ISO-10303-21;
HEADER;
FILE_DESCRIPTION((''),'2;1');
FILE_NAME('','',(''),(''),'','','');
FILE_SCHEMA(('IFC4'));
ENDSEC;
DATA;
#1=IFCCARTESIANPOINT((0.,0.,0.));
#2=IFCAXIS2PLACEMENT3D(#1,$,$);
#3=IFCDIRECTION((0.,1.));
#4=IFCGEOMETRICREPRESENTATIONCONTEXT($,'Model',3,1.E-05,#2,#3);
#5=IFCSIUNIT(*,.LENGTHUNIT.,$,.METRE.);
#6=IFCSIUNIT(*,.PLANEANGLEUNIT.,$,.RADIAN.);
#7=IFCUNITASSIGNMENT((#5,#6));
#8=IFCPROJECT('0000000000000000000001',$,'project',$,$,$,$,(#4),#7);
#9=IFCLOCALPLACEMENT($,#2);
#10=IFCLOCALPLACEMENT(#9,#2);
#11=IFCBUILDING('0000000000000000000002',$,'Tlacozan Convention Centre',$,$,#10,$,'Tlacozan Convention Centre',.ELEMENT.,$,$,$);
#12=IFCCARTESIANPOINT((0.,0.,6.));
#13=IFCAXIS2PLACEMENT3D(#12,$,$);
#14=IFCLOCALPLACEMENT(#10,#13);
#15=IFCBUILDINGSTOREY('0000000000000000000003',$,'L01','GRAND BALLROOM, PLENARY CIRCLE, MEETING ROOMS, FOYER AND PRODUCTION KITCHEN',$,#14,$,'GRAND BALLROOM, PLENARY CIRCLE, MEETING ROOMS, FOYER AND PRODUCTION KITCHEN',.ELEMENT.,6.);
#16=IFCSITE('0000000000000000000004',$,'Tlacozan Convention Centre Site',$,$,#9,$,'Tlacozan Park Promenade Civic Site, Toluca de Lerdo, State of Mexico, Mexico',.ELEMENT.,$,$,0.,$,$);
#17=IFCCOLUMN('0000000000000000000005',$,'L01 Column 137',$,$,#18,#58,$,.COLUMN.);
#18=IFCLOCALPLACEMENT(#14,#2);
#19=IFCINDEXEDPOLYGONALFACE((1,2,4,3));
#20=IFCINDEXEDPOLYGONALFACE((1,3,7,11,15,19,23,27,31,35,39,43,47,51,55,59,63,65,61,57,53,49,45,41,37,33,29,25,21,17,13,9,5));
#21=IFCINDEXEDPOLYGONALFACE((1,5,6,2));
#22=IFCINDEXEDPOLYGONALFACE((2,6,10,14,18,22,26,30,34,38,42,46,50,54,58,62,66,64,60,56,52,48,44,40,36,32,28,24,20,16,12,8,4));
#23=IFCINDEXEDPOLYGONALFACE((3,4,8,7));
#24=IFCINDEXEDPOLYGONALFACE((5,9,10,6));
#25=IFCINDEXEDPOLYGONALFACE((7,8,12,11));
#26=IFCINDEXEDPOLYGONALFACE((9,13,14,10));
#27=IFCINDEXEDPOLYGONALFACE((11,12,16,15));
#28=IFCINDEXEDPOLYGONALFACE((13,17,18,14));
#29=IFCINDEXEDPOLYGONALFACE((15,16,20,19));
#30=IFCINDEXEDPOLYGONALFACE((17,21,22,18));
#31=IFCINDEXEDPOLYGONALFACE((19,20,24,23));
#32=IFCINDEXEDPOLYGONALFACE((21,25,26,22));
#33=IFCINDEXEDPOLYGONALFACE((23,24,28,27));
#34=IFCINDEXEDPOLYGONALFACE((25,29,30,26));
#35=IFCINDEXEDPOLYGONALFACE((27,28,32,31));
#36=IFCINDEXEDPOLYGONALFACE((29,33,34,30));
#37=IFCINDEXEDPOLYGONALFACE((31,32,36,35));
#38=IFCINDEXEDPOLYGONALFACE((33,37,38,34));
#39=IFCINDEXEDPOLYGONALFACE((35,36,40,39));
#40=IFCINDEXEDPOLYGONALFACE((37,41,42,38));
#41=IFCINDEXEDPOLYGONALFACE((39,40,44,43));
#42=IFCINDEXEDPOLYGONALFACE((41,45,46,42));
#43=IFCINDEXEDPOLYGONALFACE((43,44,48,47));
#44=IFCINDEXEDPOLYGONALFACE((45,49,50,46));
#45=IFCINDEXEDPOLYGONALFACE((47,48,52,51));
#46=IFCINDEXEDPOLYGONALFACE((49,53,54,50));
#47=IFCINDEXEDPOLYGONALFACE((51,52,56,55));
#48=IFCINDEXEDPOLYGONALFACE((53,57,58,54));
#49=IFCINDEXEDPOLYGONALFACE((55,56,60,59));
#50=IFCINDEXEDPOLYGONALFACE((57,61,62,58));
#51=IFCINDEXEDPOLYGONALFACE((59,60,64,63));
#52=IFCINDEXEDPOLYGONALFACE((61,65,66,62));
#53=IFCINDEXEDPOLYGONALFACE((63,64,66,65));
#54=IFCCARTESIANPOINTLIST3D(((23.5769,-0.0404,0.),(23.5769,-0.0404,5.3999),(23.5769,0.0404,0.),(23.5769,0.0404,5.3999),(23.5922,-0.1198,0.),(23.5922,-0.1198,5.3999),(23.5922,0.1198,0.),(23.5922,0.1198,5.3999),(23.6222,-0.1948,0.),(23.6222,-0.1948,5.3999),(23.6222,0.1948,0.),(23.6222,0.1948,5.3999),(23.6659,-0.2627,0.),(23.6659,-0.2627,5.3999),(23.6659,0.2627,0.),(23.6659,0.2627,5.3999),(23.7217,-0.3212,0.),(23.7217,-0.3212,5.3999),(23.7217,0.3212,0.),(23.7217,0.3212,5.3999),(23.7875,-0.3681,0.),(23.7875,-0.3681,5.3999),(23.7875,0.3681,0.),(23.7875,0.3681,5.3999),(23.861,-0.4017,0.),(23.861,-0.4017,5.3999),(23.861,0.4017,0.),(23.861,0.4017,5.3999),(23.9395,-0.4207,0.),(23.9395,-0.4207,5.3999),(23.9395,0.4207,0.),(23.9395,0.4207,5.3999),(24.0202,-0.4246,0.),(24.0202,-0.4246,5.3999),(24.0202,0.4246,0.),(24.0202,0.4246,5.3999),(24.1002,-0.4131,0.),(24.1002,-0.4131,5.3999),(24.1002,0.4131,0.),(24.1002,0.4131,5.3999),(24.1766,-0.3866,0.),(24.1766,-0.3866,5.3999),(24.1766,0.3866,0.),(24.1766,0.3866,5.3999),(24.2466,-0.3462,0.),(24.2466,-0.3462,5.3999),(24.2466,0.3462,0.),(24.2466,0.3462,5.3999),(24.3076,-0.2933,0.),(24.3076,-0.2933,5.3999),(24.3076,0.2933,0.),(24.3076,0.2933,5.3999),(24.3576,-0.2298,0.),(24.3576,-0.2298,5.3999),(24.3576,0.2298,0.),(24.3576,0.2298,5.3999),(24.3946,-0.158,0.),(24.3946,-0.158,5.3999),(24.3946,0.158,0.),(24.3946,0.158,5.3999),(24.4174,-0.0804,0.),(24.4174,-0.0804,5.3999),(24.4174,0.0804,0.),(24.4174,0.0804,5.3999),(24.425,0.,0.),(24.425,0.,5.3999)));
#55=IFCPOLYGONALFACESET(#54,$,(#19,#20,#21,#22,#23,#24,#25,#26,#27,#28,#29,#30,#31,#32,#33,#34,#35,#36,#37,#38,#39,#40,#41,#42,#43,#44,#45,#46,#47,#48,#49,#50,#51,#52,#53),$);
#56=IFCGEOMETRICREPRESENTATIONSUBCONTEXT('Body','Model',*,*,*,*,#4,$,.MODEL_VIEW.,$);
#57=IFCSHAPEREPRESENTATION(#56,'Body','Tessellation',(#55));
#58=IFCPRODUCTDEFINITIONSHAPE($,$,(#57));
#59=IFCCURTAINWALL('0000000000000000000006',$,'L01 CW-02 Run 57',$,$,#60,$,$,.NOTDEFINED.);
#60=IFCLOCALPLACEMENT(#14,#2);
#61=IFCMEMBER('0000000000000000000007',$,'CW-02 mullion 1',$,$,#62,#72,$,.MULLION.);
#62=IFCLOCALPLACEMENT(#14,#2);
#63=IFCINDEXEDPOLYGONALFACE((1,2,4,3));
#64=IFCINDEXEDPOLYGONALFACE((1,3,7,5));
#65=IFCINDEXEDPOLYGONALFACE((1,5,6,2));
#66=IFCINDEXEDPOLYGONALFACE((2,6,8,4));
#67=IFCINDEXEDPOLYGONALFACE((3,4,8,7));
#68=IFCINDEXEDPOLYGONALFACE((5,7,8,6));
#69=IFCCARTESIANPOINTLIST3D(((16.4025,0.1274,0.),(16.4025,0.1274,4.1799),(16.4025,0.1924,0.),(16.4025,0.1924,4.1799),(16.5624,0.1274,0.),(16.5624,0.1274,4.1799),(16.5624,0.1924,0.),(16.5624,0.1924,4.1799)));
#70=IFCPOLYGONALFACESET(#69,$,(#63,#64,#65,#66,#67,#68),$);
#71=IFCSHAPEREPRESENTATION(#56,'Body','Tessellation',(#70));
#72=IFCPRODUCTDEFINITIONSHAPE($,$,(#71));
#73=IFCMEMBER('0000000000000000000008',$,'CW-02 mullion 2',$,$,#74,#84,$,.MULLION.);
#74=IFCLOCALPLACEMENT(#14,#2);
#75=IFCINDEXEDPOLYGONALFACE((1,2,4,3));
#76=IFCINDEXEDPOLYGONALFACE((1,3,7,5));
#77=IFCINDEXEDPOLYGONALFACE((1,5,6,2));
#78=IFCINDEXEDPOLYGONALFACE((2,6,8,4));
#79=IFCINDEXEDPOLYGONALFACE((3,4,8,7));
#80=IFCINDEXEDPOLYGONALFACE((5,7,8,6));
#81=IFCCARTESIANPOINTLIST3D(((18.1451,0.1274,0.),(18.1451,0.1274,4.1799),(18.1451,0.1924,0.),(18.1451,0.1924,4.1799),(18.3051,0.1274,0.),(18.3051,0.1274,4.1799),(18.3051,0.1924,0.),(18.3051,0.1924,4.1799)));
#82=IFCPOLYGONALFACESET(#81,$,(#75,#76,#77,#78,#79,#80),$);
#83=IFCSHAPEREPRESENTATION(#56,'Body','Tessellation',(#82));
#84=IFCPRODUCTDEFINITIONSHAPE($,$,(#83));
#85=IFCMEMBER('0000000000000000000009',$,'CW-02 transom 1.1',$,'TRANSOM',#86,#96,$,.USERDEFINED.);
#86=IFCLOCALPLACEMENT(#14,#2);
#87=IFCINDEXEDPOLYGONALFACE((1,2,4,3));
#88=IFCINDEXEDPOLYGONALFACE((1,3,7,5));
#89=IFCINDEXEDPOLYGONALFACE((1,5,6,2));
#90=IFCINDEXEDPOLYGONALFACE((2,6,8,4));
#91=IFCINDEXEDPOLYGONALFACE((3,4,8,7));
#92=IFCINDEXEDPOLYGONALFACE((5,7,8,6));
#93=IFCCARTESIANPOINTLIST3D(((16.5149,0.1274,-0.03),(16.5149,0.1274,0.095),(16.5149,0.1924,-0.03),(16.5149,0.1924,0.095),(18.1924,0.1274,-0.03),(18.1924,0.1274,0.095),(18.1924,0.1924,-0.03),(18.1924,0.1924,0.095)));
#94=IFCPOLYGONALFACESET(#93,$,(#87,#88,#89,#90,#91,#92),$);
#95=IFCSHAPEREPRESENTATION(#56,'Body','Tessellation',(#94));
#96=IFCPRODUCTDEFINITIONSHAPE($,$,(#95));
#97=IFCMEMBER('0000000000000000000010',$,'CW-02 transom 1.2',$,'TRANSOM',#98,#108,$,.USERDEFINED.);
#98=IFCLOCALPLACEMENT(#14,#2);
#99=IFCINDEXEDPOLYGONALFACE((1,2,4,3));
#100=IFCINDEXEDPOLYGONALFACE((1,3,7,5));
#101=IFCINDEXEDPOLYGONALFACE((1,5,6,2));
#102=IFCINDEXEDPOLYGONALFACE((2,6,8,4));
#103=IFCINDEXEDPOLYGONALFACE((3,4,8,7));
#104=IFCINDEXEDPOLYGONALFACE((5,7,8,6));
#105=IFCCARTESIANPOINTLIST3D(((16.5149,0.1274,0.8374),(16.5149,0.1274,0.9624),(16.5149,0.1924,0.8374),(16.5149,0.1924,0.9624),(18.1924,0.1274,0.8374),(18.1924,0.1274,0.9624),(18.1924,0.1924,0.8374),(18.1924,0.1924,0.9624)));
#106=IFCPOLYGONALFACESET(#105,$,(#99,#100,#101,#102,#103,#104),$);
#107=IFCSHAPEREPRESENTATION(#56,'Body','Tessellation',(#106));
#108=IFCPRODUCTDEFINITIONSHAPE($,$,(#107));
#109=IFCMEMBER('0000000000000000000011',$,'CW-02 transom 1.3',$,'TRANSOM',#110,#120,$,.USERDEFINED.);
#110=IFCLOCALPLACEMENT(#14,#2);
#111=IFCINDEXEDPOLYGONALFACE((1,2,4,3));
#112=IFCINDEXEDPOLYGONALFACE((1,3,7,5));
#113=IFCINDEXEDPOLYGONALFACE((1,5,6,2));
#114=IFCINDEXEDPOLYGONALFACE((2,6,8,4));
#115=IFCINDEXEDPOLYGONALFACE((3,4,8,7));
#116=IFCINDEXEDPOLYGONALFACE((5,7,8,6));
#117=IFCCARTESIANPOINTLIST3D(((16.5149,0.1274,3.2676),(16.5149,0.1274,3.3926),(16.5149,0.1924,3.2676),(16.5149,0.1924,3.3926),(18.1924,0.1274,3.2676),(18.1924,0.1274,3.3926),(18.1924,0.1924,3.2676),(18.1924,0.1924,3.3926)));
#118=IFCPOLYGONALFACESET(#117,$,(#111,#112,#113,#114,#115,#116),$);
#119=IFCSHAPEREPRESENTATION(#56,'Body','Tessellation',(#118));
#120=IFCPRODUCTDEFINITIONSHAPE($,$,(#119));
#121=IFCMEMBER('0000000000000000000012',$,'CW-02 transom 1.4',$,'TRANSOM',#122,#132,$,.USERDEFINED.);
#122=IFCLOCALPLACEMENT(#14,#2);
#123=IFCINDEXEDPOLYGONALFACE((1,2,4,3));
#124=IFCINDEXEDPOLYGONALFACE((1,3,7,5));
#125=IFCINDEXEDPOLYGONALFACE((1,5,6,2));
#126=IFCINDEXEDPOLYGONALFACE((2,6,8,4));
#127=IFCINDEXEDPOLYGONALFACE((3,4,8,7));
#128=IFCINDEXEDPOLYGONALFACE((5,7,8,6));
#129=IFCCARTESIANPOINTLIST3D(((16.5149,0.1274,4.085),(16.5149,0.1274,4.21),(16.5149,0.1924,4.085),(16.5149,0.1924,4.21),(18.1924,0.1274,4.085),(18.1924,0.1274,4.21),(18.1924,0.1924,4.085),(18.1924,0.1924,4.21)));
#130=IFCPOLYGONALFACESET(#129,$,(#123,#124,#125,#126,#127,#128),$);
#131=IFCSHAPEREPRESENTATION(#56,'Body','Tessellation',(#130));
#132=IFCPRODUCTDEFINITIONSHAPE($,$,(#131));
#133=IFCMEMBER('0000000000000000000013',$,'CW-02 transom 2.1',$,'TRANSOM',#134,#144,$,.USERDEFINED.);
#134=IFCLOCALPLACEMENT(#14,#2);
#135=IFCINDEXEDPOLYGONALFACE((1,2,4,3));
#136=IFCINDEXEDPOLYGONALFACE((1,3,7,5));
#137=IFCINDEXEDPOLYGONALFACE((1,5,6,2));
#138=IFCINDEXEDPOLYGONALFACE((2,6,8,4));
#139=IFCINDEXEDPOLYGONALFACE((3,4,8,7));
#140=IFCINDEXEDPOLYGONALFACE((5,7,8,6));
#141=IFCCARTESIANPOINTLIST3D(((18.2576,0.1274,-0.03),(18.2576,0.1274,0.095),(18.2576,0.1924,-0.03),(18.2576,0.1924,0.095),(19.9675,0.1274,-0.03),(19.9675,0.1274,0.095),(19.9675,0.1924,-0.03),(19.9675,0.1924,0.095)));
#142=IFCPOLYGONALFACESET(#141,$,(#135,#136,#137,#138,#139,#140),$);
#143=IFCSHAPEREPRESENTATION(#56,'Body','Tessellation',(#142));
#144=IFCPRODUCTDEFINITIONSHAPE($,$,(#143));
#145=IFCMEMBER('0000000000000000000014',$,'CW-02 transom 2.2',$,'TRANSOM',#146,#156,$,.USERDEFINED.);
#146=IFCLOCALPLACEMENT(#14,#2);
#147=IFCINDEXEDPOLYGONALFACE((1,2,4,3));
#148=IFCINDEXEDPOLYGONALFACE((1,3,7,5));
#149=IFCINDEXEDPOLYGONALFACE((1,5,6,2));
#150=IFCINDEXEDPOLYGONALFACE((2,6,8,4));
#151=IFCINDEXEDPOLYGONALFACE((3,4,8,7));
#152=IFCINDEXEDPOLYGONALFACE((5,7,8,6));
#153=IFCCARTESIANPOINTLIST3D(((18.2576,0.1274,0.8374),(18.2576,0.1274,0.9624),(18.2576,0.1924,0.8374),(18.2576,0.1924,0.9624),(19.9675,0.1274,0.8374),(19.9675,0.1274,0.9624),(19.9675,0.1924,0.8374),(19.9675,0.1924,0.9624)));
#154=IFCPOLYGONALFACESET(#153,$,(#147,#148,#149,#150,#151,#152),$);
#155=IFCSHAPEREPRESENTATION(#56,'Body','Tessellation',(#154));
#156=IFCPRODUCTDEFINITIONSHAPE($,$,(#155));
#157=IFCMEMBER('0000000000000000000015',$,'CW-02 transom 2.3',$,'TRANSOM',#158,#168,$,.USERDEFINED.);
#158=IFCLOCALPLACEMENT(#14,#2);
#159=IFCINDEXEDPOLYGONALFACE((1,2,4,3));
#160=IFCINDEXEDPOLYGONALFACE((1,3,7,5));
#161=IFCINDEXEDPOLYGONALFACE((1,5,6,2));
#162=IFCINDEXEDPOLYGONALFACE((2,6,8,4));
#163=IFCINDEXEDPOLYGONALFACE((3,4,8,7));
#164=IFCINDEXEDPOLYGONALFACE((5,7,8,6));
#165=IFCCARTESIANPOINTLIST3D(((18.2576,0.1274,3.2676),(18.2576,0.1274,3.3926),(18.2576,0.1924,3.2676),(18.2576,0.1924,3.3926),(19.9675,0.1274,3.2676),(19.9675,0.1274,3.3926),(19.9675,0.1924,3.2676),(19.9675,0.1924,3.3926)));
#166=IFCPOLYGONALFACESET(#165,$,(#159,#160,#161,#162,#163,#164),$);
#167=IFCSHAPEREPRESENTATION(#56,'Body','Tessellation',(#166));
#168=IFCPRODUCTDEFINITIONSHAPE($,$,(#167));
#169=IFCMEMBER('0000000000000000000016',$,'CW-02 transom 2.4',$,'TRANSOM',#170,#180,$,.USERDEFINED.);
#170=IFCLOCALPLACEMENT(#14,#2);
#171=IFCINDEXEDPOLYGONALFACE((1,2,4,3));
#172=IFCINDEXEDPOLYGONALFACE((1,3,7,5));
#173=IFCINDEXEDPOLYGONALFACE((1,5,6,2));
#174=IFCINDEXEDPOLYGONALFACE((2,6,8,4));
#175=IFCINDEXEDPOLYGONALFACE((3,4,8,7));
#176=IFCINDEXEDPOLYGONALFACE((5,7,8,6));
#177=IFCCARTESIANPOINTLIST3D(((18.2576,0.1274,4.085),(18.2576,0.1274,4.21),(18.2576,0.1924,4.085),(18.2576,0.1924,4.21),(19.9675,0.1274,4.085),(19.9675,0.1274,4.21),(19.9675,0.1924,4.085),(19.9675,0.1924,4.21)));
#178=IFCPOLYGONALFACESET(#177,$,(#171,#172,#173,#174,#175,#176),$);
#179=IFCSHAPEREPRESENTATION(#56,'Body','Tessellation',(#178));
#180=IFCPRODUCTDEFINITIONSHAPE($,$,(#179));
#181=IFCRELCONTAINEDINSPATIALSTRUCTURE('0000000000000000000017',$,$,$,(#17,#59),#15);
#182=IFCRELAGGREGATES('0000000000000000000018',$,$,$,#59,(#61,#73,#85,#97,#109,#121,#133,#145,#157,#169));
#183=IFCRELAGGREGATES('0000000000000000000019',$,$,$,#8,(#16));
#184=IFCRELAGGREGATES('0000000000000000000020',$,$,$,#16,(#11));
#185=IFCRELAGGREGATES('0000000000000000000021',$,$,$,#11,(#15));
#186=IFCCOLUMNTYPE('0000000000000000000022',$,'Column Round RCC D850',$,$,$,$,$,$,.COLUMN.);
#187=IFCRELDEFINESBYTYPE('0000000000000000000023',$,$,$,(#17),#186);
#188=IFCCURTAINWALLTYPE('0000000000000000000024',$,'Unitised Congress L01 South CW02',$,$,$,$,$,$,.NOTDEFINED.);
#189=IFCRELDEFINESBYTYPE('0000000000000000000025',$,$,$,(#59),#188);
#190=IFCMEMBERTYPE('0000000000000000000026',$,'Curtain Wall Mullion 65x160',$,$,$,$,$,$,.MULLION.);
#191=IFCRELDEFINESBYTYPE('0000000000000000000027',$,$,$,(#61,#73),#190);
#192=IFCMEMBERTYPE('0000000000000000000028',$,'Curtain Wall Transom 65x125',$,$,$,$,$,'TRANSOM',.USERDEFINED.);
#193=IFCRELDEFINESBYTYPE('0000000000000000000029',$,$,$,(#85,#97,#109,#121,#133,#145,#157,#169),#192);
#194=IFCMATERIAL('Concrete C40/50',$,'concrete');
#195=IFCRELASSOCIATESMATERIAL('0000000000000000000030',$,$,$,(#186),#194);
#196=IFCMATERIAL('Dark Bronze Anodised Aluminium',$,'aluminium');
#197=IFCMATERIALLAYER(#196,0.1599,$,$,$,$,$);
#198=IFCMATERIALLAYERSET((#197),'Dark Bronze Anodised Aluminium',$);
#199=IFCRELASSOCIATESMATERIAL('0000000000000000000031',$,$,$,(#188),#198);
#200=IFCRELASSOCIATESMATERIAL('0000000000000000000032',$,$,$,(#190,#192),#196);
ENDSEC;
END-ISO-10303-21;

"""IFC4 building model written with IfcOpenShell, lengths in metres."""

from ifc_helpers import new_model, si_unit, direction, frame, origin, origin_2d, place, context, subcontext, project, spatial, rectangle, circle, extrude, material, layer, layer_set, material_profile, profile_set, type_object, element, aggregate, save


model = new_model("IFC4")

# Units and contexts
model_context = context("Model", 3, precision=1e-05, world=origin(), true_north=direction((0.0, 1.0)))
body_context = subcontext(model_context, "Body", "Model", "MODEL_VIEW")
ifc_project = project(units=[si_unit("LENGTHUNIT", "METRE"), si_unit("PLANEANGLEUNIT", "RADIAN")], contexts=[model_context])

# Site, building, storey
site_placement = place(None, origin())
site = spatial("IfcSite", under=ifc_project, at=site_placement, Name="Tlacozan Convention Centre Site", LongName="Tlacozan Park Promenade Civic Site, Toluca de Lerdo, State of Mexico, Mexico", CompositionType="ELEMENT", RefElevation=0.0)
building_placement = place(site_placement, origin())
building = spatial("IfcBuilding", under=site, at=building_placement, Name="Tlacozan Convention Centre", LongName="Tlacozan Convention Centre", CompositionType="ELEMENT")
storey_placement = place(building_placement, frame((0.0, 0.0, 6.0)))
storey = spatial("IfcBuildingStorey", under=building, at=storey_placement, Name="L01", Description="GRAND BALLROOM, PLENARY CIRCLE, MEETING ROOMS, FOYER AND PRODUCTION KITCHEN", LongName="GRAND BALLROOM, PLENARY CIRCLE, MEETING ROOMS, FOYER AND PRODUCTION KITCHEN", CompositionType="ELEMENT", Elevation=6.0)

# Column
ifc_material_1 = material(Name="Concrete C40/50", Category="concrete")
ifc_material_profile_1 = material_profile(ifc_material_1, circle(Radius=0.425, at=origin_2d()), Name="RCC D850")
ifc_profile_set_1 = profile_set([ifc_material_profile_1], Name="Concrete C40/50")
column_type = type_object("IfcColumnType", Name="Column Round RCC D850", PredefinedType="COLUMN", material=ifc_profile_set_1)
column_placement = place(storey_placement, frame((24.0, 0.0, 0.0), z_axis=(0.0, 0.0, 1.0), x_axis=(1.0, 0.0, 0.0)))
element("IfcColumn", 1, at=column_placement, inside=storey, type_object=column_type, Name="L01 Column 137", PredefinedType="COLUMN", context=body_context, shape_type="SweptSolid", body=[
    extrude(circle(Radius=0.425, at=origin_2d()), origin(), (0.0, 0.0, 1.0), 5.3999),
])

# Curtain wall, members
ifc_material_2 = material(Name="Dark Bronze Anodised Aluminium", Category="aluminium")
ifc_layer_1 = layer(ifc_material_2, 0.1599)
ifc_layer_set_1 = layer_set([ifc_layer_1], Name="Dark Bronze Anodised Aluminium")
curtain_wall_type = type_object("IfcCurtainWallType", Name="Unitised Congress L01 South CW02", PredefinedType="NOTDEFINED", material=ifc_layer_set_1)
curtain_wall_placement = place(storey_placement, origin())
curtain_wall = element("IfcCurtainWall", 2, at=curtain_wall_placement, inside=storey, type_object=curtain_wall_type, Name="L01 CW-02 Run 57", PredefinedType="NOTDEFINED")
ifc_material_profile_2 = material_profile(ifc_material_2, rectangle(XDim=0.0649, YDim=0.1599, at=origin_2d()), Name="ALU 65x160")
ifc_profile_set_2 = profile_set([ifc_material_profile_2], Name="Dark Bronze Anodised Aluminium")
member_type_1 = type_object("IfcMemberType", Name="Curtain Wall Mullion 65x160", PredefinedType="MULLION", material=ifc_profile_set_2)
member_1_placement = place(storey_placement, frame((16.4824, 0.1599, 0.0), z_axis=(0.0, 0.0, 1.0), x_axis=(0.0, 1.0, 0.0)))
member_1 = element("IfcMember", 3, at=member_1_placement, type_object=member_type_1, Name="CW-02 mullion 1", PredefinedType="MULLION", context=body_context, shape_type="SweptSolid", body=[
    extrude(rectangle(XDim=0.0649, YDim=0.1599, at=origin_2d()), origin(), (0.0, 0.0, 1.0), 4.1799),
])
member_2_placement = place(storey_placement, frame((18.2251, 0.1599, 0.0), z_axis=(0.0, 0.0, 1.0), x_axis=(0.0, 1.0, 0.0)))
member_2 = element("IfcMember", 4, at=member_2_placement, type_object=member_type_1, Name="CW-02 mullion 2", PredefinedType="MULLION", context=body_context, shape_type="SweptSolid", body=[
    extrude(rectangle(XDim=0.0649, YDim=0.1599, at=origin_2d()), origin(), (0.0, 0.0, 1.0), 4.1799),
])
ifc_material_profile_3 = material_profile(ifc_material_2, rectangle(XDim=0.0649, YDim=0.125, at=origin_2d()), Name="ALU 65x125")
ifc_profile_set_3 = profile_set([ifc_material_profile_3], Name="Dark Bronze Anodised Aluminium")
member_type_2 = type_object("IfcMemberType", Name="Curtain Wall Transom 65x125", ElementType="TRANSOM", PredefinedType="USERDEFINED", material=ifc_profile_set_3)
member_3_placement = place(storey_placement, frame((16.5149, 0.1599, 0.0325), z_axis=(1.0, 0.0, 0.0), x_axis=(0.0, 1.0, 0.0)))
member_3 = element("IfcMember", 5, at=member_3_placement, type_object=member_type_2, Name="CW-02 transom 1.1", ObjectType="TRANSOM", PredefinedType="USERDEFINED", context=body_context, shape_type="SweptSolid", body=[
    extrude(rectangle(XDim=0.0649, YDim=0.125, at=origin_2d()), origin(), (0.0, 0.0, 1.0), 1.6775),
])
member_4_placement = place(storey_placement, frame((16.5149, 0.1599, 0.8999), z_axis=(1.0, 0.0, 0.0), x_axis=(0.0, 1.0, 0.0)))
member_4 = element("IfcMember", 6, at=member_4_placement, type_object=member_type_2, Name="CW-02 transom 1.2", ObjectType="TRANSOM", PredefinedType="USERDEFINED", context=body_context, shape_type="SweptSolid", body=[
    extrude(rectangle(XDim=0.0649, YDim=0.125, at=origin_2d()), origin(), (0.0, 0.0, 1.0), 1.6775),
])
member_5_placement = place(storey_placement, frame((16.5149, 0.1599, 3.3301), z_axis=(1.0, 0.0, 0.0), x_axis=(0.0, 1.0, 0.0)))
member_5 = element("IfcMember", 7, at=member_5_placement, type_object=member_type_2, Name="CW-02 transom 1.3", ObjectType="TRANSOM", PredefinedType="USERDEFINED", context=body_context, shape_type="SweptSolid", body=[
    extrude(rectangle(XDim=0.0649, YDim=0.125, at=origin_2d()), origin(), (0.0, 0.0, 1.0), 1.6775),
])
member_6_placement = place(storey_placement, frame((16.5149, 0.1599, 4.1475), z_axis=(1.0, 0.0, 0.0), x_axis=(0.0, 1.0, 0.0)))
member_6 = element("IfcMember", 8, at=member_6_placement, type_object=member_type_2, Name="CW-02 transom 1.4", ObjectType="TRANSOM", PredefinedType="USERDEFINED", context=body_context, shape_type="SweptSolid", body=[
    extrude(rectangle(XDim=0.0649, YDim=0.125, at=origin_2d()), origin(), (0.0, 0.0, 1.0), 1.6775),
])
member_7_placement = place(storey_placement, frame((18.2576, 0.1599, 0.0325), z_axis=(1.0, 0.0, 0.0), x_axis=(0.0, 1.0, 0.0)))
member_7 = element("IfcMember", 9, at=member_7_placement, type_object=member_type_2, Name="CW-02 transom 2.1", ObjectType="TRANSOM", PredefinedType="USERDEFINED", context=body_context, shape_type="SweptSolid", body=[
    extrude(rectangle(XDim=0.0649, YDim=0.125, at=origin_2d()), origin(), (0.0, 0.0, 1.0), 1.71),
])
member_8_placement = place(storey_placement, frame((18.2576, 0.1599, 0.8999), z_axis=(1.0, 0.0, 0.0), x_axis=(0.0, 1.0, 0.0)))
member_8 = element("IfcMember", 10, at=member_8_placement, type_object=member_type_2, Name="CW-02 transom 2.2", ObjectType="TRANSOM", PredefinedType="USERDEFINED", context=body_context, shape_type="SweptSolid", body=[
    extrude(rectangle(XDim=0.0649, YDim=0.125, at=origin_2d()), origin(), (0.0, 0.0, 1.0), 1.71),
])
member_9_placement = place(storey_placement, frame((18.2576, 0.1599, 3.3301), z_axis=(1.0, 0.0, 0.0), x_axis=(0.0, 1.0, 0.0)))
member_9 = element("IfcMember", 11, at=member_9_placement, type_object=member_type_2, Name="CW-02 transom 2.3", ObjectType="TRANSOM", PredefinedType="USERDEFINED", context=body_context, shape_type="SweptSolid", body=[
    extrude(rectangle(XDim=0.0649, YDim=0.125, at=origin_2d()), origin(), (0.0, 0.0, 1.0), 1.71),
])
member_10_placement = place(storey_placement, frame((18.2576, 0.1599, 4.1475), z_axis=(1.0, 0.0, 0.0), x_axis=(0.0, 1.0, 0.0)))
member_10 = element("IfcMember", 12, at=member_10_placement, type_object=member_type_2, Name="CW-02 transom 2.4", ObjectType="TRANSOM", PredefinedType="USERDEFINED", context=body_context, shape_type="SweptSolid", body=[
    extrude(rectangle(XDim=0.0649, YDim=0.125, at=origin_2d()), origin(), (0.0, 0.0, 1.0), 1.71),
])

aggregate(curtain_wall, [member_1, member_2, member_3, member_4, member_5, member_6, member_7, member_8, member_9, member_10])

save(model, "model.ifc")
